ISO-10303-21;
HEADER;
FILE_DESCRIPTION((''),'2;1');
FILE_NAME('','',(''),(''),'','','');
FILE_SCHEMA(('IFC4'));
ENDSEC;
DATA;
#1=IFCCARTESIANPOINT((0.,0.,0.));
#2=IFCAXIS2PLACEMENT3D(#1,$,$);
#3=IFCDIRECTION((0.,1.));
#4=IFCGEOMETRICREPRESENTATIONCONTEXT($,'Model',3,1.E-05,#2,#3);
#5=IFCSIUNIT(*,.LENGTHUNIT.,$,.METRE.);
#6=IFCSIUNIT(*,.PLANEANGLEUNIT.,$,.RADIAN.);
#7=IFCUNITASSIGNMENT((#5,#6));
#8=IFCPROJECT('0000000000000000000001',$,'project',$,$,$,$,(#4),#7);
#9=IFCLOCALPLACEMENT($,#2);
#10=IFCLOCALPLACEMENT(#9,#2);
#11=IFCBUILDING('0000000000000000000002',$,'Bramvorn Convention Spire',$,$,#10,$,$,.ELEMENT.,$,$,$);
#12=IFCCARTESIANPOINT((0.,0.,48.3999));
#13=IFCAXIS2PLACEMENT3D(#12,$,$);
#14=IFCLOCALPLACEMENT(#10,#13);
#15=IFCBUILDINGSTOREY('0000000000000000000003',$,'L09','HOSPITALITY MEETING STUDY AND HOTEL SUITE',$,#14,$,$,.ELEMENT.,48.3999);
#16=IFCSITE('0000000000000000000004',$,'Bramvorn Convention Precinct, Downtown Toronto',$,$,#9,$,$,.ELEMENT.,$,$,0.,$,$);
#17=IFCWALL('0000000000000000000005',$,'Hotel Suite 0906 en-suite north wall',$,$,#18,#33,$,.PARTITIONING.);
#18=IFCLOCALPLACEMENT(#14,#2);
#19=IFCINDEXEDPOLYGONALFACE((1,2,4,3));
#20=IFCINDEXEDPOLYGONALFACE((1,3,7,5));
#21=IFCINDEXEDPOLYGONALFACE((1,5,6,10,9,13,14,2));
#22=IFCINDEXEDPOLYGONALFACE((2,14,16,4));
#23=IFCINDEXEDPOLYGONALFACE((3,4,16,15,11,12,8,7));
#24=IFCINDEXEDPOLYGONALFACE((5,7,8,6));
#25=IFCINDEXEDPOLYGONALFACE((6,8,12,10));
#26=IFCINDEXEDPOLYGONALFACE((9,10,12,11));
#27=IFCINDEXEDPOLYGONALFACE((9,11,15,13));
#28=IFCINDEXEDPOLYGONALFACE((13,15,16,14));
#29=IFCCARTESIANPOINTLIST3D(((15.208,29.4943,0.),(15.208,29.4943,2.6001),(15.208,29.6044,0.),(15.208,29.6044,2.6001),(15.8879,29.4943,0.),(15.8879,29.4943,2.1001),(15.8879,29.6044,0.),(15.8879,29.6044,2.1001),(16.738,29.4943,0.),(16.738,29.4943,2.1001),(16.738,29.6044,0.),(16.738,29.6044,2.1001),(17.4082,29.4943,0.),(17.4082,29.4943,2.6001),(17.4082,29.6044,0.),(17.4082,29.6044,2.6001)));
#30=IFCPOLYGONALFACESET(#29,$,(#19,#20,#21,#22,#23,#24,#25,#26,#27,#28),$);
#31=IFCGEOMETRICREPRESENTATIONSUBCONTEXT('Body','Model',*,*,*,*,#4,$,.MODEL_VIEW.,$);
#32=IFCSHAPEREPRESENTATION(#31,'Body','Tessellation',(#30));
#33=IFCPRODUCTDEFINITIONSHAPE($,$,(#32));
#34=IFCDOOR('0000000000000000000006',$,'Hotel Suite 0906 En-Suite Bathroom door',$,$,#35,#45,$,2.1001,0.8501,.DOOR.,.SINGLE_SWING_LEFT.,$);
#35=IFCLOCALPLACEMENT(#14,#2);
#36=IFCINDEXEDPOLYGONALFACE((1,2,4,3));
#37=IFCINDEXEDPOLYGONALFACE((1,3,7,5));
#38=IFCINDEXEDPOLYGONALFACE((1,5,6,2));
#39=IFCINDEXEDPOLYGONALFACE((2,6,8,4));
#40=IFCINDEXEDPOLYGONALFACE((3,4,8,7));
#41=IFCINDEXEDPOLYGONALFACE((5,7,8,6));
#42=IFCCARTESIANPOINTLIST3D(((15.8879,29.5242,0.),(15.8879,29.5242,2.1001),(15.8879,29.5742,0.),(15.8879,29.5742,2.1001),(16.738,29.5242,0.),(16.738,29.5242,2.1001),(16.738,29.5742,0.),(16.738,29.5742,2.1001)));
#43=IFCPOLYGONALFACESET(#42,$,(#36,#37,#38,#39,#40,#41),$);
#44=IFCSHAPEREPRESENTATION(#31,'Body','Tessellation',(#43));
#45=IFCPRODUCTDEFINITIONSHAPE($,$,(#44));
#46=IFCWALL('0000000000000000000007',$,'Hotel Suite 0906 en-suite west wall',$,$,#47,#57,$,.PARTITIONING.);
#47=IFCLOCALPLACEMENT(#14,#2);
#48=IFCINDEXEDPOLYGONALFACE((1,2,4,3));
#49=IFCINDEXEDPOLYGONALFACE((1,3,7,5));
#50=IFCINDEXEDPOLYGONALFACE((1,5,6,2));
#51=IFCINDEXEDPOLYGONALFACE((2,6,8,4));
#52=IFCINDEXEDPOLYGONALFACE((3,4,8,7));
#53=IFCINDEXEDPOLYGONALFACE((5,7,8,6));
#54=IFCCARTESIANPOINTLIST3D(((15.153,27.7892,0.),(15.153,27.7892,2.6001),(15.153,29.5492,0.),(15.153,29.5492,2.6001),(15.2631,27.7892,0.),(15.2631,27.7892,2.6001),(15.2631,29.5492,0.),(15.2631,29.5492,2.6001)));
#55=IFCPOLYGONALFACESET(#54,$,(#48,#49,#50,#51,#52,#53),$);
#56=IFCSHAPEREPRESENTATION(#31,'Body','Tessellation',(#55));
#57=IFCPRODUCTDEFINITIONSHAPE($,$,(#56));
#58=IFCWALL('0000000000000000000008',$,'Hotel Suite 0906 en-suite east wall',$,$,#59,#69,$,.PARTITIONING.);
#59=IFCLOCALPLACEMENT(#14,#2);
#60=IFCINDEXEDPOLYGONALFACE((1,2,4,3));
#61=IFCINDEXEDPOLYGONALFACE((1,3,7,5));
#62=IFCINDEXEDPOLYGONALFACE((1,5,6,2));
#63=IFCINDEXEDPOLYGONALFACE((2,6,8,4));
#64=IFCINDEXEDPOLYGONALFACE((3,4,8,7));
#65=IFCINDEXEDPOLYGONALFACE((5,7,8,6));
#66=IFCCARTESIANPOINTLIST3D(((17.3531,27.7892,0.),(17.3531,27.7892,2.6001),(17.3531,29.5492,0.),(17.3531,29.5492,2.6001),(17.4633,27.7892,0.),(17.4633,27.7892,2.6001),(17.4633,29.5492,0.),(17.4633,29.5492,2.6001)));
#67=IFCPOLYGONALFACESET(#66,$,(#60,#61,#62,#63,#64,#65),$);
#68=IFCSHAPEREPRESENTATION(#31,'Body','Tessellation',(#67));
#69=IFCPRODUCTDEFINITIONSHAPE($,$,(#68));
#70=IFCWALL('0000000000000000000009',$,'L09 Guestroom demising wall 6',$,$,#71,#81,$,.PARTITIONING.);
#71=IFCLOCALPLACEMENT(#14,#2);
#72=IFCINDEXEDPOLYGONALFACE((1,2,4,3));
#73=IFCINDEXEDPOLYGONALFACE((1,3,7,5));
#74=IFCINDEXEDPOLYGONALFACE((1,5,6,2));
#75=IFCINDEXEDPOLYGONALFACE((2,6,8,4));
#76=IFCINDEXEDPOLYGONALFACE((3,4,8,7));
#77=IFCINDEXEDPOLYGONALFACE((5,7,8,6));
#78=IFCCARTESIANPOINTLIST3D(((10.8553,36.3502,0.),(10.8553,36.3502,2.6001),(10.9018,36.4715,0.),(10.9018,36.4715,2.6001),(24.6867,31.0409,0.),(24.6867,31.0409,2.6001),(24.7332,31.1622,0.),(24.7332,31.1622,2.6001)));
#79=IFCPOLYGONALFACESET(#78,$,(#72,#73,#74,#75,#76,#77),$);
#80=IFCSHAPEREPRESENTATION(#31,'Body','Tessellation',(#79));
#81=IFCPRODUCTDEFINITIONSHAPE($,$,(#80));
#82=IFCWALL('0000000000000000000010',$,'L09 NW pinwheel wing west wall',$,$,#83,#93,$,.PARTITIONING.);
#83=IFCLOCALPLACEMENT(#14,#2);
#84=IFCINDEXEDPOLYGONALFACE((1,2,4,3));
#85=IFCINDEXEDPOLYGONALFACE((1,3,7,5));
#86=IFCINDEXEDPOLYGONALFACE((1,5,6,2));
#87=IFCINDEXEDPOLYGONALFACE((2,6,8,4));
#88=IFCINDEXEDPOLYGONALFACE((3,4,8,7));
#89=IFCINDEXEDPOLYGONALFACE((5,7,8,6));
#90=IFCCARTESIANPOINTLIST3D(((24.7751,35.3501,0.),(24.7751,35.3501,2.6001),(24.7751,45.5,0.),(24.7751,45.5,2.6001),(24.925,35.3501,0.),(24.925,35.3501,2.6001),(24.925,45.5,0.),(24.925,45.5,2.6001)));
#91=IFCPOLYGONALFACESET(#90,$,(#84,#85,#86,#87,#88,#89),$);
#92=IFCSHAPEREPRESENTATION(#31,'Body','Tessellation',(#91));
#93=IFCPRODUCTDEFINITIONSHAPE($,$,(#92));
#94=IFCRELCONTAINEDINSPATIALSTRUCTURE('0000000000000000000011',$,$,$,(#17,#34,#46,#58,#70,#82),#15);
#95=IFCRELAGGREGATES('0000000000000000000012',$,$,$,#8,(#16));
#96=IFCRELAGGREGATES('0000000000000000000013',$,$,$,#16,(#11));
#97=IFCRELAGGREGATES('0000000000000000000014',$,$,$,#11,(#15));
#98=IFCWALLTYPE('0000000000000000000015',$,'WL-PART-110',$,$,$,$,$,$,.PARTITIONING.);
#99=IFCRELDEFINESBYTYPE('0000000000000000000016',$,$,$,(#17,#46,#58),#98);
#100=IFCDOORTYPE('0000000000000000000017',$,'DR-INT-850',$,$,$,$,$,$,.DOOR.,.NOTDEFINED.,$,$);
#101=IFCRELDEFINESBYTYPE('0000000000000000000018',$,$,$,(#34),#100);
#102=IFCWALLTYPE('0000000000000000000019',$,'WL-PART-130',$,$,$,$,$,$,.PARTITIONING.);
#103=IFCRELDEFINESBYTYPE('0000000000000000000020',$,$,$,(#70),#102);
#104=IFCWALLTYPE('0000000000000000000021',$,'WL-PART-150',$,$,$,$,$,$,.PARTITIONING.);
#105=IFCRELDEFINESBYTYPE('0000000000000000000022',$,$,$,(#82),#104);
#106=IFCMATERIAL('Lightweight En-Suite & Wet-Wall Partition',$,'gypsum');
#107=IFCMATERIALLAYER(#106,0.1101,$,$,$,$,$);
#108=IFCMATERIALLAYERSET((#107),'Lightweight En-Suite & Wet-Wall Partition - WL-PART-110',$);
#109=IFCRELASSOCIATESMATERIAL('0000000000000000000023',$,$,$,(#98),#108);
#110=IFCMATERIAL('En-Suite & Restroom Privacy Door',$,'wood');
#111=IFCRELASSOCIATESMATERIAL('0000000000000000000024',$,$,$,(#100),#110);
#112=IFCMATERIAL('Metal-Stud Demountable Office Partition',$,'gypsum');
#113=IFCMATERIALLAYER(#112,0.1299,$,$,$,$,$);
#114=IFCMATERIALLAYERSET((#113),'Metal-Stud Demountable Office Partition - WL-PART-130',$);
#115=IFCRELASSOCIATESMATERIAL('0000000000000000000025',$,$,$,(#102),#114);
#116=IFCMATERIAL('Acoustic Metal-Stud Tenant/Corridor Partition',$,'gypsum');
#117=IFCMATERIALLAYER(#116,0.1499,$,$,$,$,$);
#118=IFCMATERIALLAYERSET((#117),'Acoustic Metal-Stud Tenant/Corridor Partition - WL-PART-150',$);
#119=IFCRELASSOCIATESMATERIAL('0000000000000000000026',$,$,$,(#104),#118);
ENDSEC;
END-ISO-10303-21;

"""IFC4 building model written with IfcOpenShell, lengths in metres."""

from ifc_helpers import new_model, si_unit, direction, frame, frame_2d, origin, place, context, subcontext, project, spatial, rectangle, extrude, material, layer, layer_set, type_object, element, fill, save


model = new_model("IFC4")

# Units and contexts
model_context = context("Model", 3, precision=1e-05, world=origin(), true_north=direction((0.0, 1.0)))
body_context = subcontext(model_context, "Body", "Model", "MODEL_VIEW")
ifc_project = project(units=[si_unit("LENGTHUNIT", "METRE"), si_unit("PLANEANGLEUNIT", "RADIAN")], contexts=[model_context])

# Site, building, storey
site_placement = place(None, origin())
site = spatial("IfcSite", under=ifc_project, at=site_placement, Name="Bramvorn Convention Precinct, Downtown Toronto", CompositionType="ELEMENT", RefElevation=0.0)
building_placement = place(site_placement, origin())
building = spatial("IfcBuilding", under=site, at=building_placement, Name="Bramvorn Convention Spire", CompositionType="ELEMENT")
storey_placement = place(building_placement, frame((0.0, 0.0, 48.3999)))
storey = spatial("IfcBuildingStorey", under=building, at=storey_placement, Name="L09", Description="HOSPITALITY MEETING STUDY AND HOTEL SUITE", CompositionType="ELEMENT", Elevation=48.3999)

# Shared definitions
ifc_material_1 = material(Name="Lightweight En-Suite & Wet-Wall Partition", Category="gypsum")
ifc_layer_1 = layer(ifc_material_1, 0.1101)
ifc_layer_set_1 = layer_set([ifc_layer_1], Name="Lightweight En-Suite & Wet-Wall Partition - WL-PART-110")
wall_type_1 = type_object("IfcWallType", Name="WL-PART-110", PredefinedType="PARTITIONING", material=ifc_layer_set_1)

# Wall, opening, door
wall_1_placement = place(storey_placement, frame((15.208, 29.5493, 0.0), z_axis=(0.0, 0.0, 1.0), x_axis=(1.0, 0.0, 0.0)))
wall_1 = element("IfcWall", 1, at=wall_1_placement, inside=storey, type_object=wall_type_1, Name="Hotel Suite 0906 en-suite north wall", PredefinedType="PARTITIONING", context=body_context, shape_type="SweptSolid", body=[
    extrude(rectangle(XDim=2.2002, YDim=0.1101, at=frame_2d((1.1001, 0.0))), origin(), (0.0, 0.0, 1.0), 2.6001),
])
opening_placement = place(wall_1_placement, frame((0.6799, 0.0, 0.0)))
opening = element("IfcOpeningElement", 2, at=opening_placement, cuts=wall_1, PredefinedType="OPENING", context=body_context, shape_type="SweptSolid", body=[
    extrude(rectangle(XDim=0.8501, YDim=2.1001, at=frame_2d((0.425, 1.05))), frame((0.0, 0.0649, 0.0), z_axis=(0.0, -1.0, 0.0), x_axis=(1.0, 0.0, 0.0)), (0.0, 0.0, 1.0), 0.1301),
])
ifc_material_2 = material(Name="En-Suite & Restroom Privacy Door", Category="wood")
door_type = type_object("IfcDoorType", Name="DR-INT-850", OperationType="NOTDEFINED", PredefinedType="DOOR", material=ifc_material_2)
door_placement = place(opening_placement, origin())
door = element("IfcDoor", 3, at=door_placement, inside=storey, type_object=door_type, Name="Hotel Suite 0906 En-Suite Bathroom door", OperationType="SINGLE_SWING_LEFT", OverallHeight=2.1001, OverallWidth=0.8501, PredefinedType="DOOR", context=body_context, shape_type="SweptSolid", body=[
    extrude(rectangle(XDim=0.8501, YDim=2.1001, at=frame_2d((0.425, 1.05))), frame((0.0, 0.0249, 0.0), z_axis=(0.0, -1.0, 0.0), x_axis=(1.0, 0.0, 0.0)), (0.0, 0.0, 1.0), 0.05),
])
fill(opening, door)

# Walls
for number, where, z_axis, x_axis, name in (
    (4, (15.208, 27.7893, 0.0), (0.0, 0.0, 1.0), (0.0, 1.0, 0.0), "Hotel Suite 0906 en-suite west wall"),
    (5, (17.4082, 27.7893, 0.0), (0.0, 0.0, 1.0), (0.0, 1.0, 0.0), "Hotel Suite 0906 en-suite east wall"),
):
    element("IfcWall", number, at=place(storey_placement, frame(where, z_axis=z_axis, x_axis=x_axis)), inside=storey, type_object=wall_type_1, Name=name, PredefinedType="PARTITIONING", context=body_context, shape_type="SweptSolid", body=[
        extrude(rectangle(XDim=1.76, YDim=0.1101, at=frame_2d((0.8799, 0.0))), origin(), (0.0, 0.0, 1.0), 2.6001),
    ])
ifc_material_3 = material(Name="Metal-Stud Demountable Office Partition", Category="gypsum")
ifc_layer_2 = layer(ifc_material_3, 0.1299)
ifc_layer_set_2 = layer_set([ifc_layer_2], Name="Metal-Stud Demountable Office Partition - WL-PART-130")
wall_type_2 = type_object("IfcWallType", Name="WL-PART-130", PredefinedType="PARTITIONING", material=ifc_layer_set_2)
wall_2_placement = place(storey_placement, frame((24.71, 31.1016, 0.0), z_axis=(0.0, 0.0, 1.0), x_axis=(-0.933583, 0.358362, 0.0)))
element("IfcWall", 6, at=wall_2_placement, inside=storey, type_object=wall_type_2, Name="L09 Guestroom demising wall 6", PredefinedType="PARTITIONING", context=body_context, shape_type="SweptSolid", body=[
    extrude(rectangle(XDim=14.8154, YDim=0.1299, at=frame_2d((7.4077, 0.0))), origin(), (0.0, 0.0, 1.0), 2.6001),
])
ifc_material_4 = material(Name="Acoustic Metal-Stud Tenant/Corridor Partition", Category="gypsum")
ifc_layer_3 = layer(ifc_material_4, 0.1499)
ifc_layer_set_3 = layer_set([ifc_layer_3], Name="Acoustic Metal-Stud Tenant/Corridor Partition - WL-PART-150")
wall_type_3 = type_object("IfcWallType", Name="WL-PART-150", PredefinedType="PARTITIONING", material=ifc_layer_set_3)
wall_3_placement = place(storey_placement, frame((24.8501, 35.3501, 0.0), z_axis=(0.0, 0.0, 1.0), x_axis=(0.0, 1.0, 0.0)))
element("IfcWall", 7, at=wall_3_placement, inside=storey, type_object=wall_type_3, Name="L09 NW pinwheel wing west wall", PredefinedType="PARTITIONING", context=body_context, shape_type="SweptSolid", body=[
    extrude(rectangle(XDim=10.1499, YDim=0.1499, at=frame_2d((5.075, 0.0))), origin(), (0.0, 0.0, 1.0), 2.6001),
])

save(model, "model.ifc")
